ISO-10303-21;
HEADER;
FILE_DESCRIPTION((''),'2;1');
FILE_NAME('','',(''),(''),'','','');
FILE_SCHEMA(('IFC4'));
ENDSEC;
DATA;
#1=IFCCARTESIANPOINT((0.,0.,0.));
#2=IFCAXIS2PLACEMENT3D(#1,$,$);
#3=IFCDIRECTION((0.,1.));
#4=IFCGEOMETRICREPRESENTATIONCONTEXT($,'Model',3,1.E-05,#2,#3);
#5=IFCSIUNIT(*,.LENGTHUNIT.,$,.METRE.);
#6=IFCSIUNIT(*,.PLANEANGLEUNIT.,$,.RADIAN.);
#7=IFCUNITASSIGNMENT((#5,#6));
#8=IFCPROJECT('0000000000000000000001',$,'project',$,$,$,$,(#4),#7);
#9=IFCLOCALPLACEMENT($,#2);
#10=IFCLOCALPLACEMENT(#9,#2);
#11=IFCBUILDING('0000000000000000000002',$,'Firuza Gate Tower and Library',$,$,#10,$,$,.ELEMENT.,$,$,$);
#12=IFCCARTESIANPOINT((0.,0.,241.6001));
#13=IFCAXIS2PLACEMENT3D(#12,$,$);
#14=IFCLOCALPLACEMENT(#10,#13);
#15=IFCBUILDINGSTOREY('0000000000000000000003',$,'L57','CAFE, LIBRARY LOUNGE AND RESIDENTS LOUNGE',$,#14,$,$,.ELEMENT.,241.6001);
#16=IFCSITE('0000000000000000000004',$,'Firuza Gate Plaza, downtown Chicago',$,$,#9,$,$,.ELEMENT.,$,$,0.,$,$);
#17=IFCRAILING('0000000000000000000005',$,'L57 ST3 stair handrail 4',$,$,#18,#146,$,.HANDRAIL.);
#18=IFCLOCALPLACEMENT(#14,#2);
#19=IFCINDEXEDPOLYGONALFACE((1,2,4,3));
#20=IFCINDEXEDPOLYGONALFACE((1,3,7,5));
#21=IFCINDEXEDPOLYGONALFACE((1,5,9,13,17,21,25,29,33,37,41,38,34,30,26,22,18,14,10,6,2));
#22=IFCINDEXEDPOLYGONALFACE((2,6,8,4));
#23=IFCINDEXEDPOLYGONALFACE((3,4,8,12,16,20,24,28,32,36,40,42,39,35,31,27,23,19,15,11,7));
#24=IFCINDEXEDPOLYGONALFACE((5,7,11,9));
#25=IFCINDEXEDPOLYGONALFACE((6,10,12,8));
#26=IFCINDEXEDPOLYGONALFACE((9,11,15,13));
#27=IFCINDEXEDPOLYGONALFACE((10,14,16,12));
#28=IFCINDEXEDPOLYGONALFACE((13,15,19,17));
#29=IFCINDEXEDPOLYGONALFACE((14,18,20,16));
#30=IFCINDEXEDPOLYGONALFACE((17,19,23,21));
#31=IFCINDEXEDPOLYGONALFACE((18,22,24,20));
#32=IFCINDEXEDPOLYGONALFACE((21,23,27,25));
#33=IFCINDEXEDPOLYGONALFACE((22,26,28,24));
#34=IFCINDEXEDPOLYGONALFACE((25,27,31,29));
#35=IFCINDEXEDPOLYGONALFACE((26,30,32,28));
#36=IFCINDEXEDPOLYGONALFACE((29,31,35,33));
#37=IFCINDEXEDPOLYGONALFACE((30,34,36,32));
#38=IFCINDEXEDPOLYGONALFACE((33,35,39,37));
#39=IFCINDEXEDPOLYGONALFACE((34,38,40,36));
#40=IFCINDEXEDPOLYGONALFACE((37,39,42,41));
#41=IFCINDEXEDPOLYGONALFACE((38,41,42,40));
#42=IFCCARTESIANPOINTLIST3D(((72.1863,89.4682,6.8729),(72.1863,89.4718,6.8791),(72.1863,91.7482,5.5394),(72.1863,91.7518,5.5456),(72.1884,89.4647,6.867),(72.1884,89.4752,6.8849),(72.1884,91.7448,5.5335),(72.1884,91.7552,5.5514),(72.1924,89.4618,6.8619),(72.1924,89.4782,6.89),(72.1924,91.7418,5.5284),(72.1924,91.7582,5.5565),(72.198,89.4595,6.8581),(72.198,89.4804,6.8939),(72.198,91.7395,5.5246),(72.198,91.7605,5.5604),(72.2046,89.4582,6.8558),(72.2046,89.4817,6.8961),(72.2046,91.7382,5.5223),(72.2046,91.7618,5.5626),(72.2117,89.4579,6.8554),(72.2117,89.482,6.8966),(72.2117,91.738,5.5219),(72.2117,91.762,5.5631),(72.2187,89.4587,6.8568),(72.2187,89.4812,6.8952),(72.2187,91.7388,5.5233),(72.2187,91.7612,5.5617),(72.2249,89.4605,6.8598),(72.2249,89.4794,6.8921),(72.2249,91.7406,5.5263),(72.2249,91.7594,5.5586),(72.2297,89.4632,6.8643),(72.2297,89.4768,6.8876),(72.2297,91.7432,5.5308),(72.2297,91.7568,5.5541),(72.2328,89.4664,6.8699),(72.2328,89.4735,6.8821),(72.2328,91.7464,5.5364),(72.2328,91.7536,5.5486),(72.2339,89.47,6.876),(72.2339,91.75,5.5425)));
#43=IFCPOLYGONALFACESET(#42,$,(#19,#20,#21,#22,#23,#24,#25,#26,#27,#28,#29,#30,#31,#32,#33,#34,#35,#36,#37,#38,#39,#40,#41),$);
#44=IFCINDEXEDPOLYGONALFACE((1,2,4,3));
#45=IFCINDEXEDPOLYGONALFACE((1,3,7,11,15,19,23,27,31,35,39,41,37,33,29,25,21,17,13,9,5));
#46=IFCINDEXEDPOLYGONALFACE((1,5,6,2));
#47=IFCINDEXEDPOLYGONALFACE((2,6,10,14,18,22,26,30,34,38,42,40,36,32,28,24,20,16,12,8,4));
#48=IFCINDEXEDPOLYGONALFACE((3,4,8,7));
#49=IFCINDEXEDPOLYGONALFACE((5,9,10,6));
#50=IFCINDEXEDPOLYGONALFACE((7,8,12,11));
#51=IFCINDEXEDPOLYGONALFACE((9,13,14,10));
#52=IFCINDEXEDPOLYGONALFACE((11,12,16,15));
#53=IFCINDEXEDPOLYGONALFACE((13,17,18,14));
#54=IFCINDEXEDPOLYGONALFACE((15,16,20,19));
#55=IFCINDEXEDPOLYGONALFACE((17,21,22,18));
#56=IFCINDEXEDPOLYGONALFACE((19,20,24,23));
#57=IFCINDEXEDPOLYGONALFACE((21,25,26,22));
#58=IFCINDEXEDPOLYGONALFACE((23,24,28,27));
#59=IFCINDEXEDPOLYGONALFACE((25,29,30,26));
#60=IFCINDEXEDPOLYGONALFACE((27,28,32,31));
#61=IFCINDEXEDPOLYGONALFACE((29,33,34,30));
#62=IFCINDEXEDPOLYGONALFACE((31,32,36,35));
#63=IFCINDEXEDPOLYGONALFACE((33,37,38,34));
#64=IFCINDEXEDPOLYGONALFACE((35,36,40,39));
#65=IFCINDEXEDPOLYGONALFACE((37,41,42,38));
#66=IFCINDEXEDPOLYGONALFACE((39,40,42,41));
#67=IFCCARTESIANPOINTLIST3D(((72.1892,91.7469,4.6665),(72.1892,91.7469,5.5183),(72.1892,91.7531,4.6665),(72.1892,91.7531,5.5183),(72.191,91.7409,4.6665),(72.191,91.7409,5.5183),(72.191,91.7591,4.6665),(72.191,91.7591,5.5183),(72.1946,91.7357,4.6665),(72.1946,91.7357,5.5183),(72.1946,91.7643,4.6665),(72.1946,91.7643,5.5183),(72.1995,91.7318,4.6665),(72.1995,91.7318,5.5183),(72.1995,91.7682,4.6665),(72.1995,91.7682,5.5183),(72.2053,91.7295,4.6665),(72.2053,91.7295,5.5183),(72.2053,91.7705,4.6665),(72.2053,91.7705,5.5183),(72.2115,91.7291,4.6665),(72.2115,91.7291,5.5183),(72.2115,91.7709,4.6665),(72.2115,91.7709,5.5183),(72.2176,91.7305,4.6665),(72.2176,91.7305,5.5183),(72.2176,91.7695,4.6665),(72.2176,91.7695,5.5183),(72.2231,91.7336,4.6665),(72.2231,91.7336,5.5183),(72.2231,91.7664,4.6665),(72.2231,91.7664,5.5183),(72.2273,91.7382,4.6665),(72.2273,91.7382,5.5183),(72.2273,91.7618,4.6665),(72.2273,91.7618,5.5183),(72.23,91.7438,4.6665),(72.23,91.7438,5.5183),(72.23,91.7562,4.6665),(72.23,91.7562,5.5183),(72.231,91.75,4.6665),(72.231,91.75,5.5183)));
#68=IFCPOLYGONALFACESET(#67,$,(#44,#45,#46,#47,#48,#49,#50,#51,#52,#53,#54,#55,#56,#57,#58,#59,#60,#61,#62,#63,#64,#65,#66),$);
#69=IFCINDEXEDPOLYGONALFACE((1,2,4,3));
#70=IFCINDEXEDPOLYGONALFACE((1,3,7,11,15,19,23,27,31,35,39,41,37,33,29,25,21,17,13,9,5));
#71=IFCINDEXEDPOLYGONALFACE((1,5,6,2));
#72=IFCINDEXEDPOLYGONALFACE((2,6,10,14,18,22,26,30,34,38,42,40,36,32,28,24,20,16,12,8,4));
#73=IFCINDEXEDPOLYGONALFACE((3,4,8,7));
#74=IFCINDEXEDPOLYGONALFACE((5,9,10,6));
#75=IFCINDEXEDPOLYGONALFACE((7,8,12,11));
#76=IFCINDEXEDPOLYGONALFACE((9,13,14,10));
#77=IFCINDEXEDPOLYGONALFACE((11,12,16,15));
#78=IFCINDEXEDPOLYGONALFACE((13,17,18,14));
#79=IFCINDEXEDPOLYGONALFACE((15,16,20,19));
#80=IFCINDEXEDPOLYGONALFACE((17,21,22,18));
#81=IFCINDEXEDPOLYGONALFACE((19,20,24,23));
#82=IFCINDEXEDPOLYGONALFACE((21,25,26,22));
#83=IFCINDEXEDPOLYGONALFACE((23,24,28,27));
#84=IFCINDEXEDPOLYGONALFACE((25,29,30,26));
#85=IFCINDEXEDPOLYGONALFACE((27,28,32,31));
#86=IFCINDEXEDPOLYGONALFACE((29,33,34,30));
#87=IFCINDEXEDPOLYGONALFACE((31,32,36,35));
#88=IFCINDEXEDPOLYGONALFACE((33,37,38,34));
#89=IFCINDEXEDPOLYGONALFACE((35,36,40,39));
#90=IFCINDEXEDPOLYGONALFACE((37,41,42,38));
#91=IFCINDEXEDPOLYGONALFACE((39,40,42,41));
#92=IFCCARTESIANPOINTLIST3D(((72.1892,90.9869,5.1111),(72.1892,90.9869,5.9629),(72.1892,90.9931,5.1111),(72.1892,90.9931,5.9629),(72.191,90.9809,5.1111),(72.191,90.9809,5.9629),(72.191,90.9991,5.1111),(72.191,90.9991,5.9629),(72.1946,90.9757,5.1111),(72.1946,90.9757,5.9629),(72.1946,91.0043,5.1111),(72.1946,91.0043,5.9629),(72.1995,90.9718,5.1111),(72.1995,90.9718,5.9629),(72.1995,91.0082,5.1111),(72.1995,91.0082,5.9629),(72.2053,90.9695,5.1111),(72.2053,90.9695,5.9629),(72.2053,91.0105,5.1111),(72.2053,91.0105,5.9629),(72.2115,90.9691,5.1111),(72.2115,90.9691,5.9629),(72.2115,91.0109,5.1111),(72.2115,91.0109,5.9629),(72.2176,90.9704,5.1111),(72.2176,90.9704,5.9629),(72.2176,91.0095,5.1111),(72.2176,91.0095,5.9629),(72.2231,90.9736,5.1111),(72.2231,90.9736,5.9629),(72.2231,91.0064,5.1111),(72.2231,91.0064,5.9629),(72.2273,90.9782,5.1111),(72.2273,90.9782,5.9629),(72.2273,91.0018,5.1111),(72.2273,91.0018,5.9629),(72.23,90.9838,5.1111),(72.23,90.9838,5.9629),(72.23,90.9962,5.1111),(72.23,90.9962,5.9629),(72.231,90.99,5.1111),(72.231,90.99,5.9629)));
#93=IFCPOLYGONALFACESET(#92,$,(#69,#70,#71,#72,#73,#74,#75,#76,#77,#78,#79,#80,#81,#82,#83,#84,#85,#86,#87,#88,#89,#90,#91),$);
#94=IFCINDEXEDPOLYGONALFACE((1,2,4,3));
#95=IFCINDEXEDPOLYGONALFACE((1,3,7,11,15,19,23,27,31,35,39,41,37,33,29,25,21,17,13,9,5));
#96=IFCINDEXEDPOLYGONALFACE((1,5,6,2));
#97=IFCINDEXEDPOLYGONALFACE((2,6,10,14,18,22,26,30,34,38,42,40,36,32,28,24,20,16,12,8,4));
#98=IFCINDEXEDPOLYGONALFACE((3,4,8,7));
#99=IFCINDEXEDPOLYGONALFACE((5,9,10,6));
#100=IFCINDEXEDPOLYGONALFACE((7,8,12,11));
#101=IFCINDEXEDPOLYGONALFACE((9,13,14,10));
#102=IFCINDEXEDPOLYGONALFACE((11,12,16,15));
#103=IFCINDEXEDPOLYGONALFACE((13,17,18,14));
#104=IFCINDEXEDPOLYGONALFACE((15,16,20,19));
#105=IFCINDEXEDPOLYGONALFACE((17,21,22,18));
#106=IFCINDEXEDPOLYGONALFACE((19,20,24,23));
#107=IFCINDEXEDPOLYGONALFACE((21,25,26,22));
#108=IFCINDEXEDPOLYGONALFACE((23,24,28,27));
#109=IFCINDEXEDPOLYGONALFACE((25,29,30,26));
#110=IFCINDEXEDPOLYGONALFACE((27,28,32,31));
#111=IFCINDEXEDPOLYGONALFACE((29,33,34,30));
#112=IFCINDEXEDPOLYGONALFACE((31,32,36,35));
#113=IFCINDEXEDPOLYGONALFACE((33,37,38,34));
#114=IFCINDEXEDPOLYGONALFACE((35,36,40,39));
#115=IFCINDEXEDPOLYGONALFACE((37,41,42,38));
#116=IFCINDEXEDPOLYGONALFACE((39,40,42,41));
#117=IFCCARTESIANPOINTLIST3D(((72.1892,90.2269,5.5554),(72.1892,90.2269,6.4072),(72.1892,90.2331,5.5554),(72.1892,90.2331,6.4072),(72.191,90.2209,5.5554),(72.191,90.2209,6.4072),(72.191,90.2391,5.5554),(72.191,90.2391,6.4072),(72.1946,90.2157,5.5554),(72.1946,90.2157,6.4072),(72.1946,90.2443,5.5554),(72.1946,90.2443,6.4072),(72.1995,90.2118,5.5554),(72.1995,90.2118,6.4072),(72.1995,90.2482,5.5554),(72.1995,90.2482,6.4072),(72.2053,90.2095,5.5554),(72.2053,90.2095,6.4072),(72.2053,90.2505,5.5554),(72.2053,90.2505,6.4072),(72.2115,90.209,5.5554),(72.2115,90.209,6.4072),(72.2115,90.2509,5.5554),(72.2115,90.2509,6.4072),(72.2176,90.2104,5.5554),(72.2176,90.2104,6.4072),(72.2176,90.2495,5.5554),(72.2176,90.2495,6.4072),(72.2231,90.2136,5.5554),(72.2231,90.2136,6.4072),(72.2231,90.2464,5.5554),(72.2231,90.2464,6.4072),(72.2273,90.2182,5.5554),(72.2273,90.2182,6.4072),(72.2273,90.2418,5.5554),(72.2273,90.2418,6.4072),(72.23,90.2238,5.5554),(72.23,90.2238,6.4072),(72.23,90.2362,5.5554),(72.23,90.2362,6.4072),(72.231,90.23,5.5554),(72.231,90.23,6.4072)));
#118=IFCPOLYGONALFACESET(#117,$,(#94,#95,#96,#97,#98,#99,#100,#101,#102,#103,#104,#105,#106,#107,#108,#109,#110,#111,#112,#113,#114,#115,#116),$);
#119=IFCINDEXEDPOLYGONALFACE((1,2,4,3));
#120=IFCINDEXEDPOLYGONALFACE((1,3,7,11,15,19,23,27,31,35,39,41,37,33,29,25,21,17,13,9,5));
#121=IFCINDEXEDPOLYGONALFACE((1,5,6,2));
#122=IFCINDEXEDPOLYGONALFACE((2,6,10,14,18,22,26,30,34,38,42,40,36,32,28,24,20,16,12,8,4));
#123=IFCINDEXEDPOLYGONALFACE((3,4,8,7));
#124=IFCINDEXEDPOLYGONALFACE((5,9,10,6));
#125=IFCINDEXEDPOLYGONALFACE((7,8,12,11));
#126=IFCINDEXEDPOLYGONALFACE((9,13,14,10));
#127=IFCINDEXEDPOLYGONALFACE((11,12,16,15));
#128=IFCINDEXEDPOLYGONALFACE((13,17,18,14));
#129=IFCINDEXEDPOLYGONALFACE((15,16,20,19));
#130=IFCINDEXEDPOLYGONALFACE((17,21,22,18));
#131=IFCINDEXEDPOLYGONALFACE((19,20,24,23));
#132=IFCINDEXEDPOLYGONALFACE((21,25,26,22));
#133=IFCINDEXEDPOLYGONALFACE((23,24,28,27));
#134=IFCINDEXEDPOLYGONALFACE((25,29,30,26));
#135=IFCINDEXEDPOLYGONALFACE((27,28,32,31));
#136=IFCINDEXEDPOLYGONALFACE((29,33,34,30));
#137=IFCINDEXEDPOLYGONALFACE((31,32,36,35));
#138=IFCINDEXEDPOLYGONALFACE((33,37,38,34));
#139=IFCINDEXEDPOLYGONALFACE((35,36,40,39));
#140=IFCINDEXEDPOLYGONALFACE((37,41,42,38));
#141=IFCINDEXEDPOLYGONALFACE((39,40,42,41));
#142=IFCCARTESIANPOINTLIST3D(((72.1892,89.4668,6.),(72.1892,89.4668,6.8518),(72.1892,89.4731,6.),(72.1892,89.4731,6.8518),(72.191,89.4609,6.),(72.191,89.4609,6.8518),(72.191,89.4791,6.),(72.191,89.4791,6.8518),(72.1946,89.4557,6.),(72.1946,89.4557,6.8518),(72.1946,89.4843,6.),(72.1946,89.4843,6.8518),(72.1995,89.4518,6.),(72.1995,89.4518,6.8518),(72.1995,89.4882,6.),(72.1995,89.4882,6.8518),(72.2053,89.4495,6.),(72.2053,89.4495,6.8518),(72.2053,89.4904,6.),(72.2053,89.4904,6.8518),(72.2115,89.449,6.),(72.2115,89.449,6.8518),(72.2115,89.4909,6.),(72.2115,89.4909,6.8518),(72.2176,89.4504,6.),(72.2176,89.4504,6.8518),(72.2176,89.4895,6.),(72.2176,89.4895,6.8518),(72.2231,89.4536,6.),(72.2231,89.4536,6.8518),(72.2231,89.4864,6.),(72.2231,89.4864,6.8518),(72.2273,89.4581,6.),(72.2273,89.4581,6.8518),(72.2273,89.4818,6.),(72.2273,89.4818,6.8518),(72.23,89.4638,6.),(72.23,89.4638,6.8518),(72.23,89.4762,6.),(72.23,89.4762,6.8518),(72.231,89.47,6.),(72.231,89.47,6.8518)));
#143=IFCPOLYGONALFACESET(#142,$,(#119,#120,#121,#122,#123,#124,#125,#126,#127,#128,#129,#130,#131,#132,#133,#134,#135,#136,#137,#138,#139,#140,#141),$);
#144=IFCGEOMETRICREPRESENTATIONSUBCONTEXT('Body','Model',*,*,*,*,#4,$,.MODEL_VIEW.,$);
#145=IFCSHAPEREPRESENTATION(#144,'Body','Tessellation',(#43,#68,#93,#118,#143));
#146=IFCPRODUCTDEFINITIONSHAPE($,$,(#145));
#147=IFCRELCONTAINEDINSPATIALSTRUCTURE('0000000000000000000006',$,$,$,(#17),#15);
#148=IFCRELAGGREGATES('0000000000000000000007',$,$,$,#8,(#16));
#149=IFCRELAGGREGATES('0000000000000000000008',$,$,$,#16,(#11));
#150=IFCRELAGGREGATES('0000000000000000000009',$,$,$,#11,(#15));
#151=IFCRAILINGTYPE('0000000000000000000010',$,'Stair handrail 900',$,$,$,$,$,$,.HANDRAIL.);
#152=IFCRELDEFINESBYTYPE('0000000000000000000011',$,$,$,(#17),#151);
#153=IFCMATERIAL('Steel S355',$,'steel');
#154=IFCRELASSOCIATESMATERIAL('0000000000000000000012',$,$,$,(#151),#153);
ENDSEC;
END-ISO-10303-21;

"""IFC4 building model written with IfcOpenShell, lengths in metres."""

from ifc_helpers import new_model, si_unit, direction, frame, origin, origin_2d, place, context, subcontext, project, spatial, circle, extrude, material, type_object, element, save


model = new_model("IFC4")

# Units and contexts
model_context = context("Model", 3, precision=1e-05, world=origin(), true_north=direction((0.0, 1.0)))
body_context = subcontext(model_context, "Body", "Model", "MODEL_VIEW")
ifc_project = project(units=[si_unit("LENGTHUNIT", "METRE"), si_unit("PLANEANGLEUNIT", "RADIAN")], contexts=[model_context])

# Site, building, storey
site_placement = place(None, origin())
site = spatial("IfcSite", under=ifc_project, at=site_placement, Name="Firuza Gate Plaza, downtown Chicago", CompositionType="ELEMENT", RefElevation=0.0)
building_placement = place(site_placement, origin())
building = spatial("IfcBuilding", under=site, at=building_placement, Name="Firuza Gate Tower and Library", CompositionType="ELEMENT")
storey_placement = place(building_placement, frame((0.0, 0.0, 241.6001)))
storey = spatial("IfcBuildingStorey", under=building, at=storey_placement, Name="L57", Description="CAFE, LIBRARY LOUNGE AND RESIDENTS LOUNGE", CompositionType="ELEMENT", Elevation=241.6001)

# Railing
ifc_material_1 = material(Name="Steel S355", Category="steel")
railing_type_1 = type_object("IfcRailingType", Name="Stair handrail 900", PredefinedType="HANDRAIL", material=ifc_material_1)
for number, where, name in (
    (1, (72.21, 91.75, 4.6665), "L57 ST3 stair handrail 4"),
):
    element("IfcRailing", number, at=place(storey_placement, frame(where)), inside=storey, type_object=railing_type_1, Name=name, PredefinedType="HANDRAIL", context=body_context, shape_type="SweptSolid", body=[
        extrude(circle(Radius=0.0239, at=origin_2d()), frame((0.0, 0.0, 0.876), z_axis=(0.0, -0.863205, 0.504853), x_axis=(1.0, 0.0, 0.0)), (0.0, 0.0, 1.0), 2.6414),
        extrude(circle(Radius=0.021, at=origin_2d()), origin(), (0.0, 0.0, 1.0), 0.8518),
        extrude(circle(Radius=0.021, at=origin_2d()), frame((0.0, -0.76, 0.4446)), (0.0, 0.0, 1.0), 0.8518),
        extrude(circle(Radius=0.021, at=origin_2d()), frame((0.0, -1.52, 0.8889)), (0.0, 0.0, 1.0), 0.8518),
        extrude(circle(Radius=0.021, at=origin_2d()), frame((0.0, -2.28, 1.3335)), (0.0, 0.0, 1.0), 0.8518),
    ])

save(model, "model.ifc")
